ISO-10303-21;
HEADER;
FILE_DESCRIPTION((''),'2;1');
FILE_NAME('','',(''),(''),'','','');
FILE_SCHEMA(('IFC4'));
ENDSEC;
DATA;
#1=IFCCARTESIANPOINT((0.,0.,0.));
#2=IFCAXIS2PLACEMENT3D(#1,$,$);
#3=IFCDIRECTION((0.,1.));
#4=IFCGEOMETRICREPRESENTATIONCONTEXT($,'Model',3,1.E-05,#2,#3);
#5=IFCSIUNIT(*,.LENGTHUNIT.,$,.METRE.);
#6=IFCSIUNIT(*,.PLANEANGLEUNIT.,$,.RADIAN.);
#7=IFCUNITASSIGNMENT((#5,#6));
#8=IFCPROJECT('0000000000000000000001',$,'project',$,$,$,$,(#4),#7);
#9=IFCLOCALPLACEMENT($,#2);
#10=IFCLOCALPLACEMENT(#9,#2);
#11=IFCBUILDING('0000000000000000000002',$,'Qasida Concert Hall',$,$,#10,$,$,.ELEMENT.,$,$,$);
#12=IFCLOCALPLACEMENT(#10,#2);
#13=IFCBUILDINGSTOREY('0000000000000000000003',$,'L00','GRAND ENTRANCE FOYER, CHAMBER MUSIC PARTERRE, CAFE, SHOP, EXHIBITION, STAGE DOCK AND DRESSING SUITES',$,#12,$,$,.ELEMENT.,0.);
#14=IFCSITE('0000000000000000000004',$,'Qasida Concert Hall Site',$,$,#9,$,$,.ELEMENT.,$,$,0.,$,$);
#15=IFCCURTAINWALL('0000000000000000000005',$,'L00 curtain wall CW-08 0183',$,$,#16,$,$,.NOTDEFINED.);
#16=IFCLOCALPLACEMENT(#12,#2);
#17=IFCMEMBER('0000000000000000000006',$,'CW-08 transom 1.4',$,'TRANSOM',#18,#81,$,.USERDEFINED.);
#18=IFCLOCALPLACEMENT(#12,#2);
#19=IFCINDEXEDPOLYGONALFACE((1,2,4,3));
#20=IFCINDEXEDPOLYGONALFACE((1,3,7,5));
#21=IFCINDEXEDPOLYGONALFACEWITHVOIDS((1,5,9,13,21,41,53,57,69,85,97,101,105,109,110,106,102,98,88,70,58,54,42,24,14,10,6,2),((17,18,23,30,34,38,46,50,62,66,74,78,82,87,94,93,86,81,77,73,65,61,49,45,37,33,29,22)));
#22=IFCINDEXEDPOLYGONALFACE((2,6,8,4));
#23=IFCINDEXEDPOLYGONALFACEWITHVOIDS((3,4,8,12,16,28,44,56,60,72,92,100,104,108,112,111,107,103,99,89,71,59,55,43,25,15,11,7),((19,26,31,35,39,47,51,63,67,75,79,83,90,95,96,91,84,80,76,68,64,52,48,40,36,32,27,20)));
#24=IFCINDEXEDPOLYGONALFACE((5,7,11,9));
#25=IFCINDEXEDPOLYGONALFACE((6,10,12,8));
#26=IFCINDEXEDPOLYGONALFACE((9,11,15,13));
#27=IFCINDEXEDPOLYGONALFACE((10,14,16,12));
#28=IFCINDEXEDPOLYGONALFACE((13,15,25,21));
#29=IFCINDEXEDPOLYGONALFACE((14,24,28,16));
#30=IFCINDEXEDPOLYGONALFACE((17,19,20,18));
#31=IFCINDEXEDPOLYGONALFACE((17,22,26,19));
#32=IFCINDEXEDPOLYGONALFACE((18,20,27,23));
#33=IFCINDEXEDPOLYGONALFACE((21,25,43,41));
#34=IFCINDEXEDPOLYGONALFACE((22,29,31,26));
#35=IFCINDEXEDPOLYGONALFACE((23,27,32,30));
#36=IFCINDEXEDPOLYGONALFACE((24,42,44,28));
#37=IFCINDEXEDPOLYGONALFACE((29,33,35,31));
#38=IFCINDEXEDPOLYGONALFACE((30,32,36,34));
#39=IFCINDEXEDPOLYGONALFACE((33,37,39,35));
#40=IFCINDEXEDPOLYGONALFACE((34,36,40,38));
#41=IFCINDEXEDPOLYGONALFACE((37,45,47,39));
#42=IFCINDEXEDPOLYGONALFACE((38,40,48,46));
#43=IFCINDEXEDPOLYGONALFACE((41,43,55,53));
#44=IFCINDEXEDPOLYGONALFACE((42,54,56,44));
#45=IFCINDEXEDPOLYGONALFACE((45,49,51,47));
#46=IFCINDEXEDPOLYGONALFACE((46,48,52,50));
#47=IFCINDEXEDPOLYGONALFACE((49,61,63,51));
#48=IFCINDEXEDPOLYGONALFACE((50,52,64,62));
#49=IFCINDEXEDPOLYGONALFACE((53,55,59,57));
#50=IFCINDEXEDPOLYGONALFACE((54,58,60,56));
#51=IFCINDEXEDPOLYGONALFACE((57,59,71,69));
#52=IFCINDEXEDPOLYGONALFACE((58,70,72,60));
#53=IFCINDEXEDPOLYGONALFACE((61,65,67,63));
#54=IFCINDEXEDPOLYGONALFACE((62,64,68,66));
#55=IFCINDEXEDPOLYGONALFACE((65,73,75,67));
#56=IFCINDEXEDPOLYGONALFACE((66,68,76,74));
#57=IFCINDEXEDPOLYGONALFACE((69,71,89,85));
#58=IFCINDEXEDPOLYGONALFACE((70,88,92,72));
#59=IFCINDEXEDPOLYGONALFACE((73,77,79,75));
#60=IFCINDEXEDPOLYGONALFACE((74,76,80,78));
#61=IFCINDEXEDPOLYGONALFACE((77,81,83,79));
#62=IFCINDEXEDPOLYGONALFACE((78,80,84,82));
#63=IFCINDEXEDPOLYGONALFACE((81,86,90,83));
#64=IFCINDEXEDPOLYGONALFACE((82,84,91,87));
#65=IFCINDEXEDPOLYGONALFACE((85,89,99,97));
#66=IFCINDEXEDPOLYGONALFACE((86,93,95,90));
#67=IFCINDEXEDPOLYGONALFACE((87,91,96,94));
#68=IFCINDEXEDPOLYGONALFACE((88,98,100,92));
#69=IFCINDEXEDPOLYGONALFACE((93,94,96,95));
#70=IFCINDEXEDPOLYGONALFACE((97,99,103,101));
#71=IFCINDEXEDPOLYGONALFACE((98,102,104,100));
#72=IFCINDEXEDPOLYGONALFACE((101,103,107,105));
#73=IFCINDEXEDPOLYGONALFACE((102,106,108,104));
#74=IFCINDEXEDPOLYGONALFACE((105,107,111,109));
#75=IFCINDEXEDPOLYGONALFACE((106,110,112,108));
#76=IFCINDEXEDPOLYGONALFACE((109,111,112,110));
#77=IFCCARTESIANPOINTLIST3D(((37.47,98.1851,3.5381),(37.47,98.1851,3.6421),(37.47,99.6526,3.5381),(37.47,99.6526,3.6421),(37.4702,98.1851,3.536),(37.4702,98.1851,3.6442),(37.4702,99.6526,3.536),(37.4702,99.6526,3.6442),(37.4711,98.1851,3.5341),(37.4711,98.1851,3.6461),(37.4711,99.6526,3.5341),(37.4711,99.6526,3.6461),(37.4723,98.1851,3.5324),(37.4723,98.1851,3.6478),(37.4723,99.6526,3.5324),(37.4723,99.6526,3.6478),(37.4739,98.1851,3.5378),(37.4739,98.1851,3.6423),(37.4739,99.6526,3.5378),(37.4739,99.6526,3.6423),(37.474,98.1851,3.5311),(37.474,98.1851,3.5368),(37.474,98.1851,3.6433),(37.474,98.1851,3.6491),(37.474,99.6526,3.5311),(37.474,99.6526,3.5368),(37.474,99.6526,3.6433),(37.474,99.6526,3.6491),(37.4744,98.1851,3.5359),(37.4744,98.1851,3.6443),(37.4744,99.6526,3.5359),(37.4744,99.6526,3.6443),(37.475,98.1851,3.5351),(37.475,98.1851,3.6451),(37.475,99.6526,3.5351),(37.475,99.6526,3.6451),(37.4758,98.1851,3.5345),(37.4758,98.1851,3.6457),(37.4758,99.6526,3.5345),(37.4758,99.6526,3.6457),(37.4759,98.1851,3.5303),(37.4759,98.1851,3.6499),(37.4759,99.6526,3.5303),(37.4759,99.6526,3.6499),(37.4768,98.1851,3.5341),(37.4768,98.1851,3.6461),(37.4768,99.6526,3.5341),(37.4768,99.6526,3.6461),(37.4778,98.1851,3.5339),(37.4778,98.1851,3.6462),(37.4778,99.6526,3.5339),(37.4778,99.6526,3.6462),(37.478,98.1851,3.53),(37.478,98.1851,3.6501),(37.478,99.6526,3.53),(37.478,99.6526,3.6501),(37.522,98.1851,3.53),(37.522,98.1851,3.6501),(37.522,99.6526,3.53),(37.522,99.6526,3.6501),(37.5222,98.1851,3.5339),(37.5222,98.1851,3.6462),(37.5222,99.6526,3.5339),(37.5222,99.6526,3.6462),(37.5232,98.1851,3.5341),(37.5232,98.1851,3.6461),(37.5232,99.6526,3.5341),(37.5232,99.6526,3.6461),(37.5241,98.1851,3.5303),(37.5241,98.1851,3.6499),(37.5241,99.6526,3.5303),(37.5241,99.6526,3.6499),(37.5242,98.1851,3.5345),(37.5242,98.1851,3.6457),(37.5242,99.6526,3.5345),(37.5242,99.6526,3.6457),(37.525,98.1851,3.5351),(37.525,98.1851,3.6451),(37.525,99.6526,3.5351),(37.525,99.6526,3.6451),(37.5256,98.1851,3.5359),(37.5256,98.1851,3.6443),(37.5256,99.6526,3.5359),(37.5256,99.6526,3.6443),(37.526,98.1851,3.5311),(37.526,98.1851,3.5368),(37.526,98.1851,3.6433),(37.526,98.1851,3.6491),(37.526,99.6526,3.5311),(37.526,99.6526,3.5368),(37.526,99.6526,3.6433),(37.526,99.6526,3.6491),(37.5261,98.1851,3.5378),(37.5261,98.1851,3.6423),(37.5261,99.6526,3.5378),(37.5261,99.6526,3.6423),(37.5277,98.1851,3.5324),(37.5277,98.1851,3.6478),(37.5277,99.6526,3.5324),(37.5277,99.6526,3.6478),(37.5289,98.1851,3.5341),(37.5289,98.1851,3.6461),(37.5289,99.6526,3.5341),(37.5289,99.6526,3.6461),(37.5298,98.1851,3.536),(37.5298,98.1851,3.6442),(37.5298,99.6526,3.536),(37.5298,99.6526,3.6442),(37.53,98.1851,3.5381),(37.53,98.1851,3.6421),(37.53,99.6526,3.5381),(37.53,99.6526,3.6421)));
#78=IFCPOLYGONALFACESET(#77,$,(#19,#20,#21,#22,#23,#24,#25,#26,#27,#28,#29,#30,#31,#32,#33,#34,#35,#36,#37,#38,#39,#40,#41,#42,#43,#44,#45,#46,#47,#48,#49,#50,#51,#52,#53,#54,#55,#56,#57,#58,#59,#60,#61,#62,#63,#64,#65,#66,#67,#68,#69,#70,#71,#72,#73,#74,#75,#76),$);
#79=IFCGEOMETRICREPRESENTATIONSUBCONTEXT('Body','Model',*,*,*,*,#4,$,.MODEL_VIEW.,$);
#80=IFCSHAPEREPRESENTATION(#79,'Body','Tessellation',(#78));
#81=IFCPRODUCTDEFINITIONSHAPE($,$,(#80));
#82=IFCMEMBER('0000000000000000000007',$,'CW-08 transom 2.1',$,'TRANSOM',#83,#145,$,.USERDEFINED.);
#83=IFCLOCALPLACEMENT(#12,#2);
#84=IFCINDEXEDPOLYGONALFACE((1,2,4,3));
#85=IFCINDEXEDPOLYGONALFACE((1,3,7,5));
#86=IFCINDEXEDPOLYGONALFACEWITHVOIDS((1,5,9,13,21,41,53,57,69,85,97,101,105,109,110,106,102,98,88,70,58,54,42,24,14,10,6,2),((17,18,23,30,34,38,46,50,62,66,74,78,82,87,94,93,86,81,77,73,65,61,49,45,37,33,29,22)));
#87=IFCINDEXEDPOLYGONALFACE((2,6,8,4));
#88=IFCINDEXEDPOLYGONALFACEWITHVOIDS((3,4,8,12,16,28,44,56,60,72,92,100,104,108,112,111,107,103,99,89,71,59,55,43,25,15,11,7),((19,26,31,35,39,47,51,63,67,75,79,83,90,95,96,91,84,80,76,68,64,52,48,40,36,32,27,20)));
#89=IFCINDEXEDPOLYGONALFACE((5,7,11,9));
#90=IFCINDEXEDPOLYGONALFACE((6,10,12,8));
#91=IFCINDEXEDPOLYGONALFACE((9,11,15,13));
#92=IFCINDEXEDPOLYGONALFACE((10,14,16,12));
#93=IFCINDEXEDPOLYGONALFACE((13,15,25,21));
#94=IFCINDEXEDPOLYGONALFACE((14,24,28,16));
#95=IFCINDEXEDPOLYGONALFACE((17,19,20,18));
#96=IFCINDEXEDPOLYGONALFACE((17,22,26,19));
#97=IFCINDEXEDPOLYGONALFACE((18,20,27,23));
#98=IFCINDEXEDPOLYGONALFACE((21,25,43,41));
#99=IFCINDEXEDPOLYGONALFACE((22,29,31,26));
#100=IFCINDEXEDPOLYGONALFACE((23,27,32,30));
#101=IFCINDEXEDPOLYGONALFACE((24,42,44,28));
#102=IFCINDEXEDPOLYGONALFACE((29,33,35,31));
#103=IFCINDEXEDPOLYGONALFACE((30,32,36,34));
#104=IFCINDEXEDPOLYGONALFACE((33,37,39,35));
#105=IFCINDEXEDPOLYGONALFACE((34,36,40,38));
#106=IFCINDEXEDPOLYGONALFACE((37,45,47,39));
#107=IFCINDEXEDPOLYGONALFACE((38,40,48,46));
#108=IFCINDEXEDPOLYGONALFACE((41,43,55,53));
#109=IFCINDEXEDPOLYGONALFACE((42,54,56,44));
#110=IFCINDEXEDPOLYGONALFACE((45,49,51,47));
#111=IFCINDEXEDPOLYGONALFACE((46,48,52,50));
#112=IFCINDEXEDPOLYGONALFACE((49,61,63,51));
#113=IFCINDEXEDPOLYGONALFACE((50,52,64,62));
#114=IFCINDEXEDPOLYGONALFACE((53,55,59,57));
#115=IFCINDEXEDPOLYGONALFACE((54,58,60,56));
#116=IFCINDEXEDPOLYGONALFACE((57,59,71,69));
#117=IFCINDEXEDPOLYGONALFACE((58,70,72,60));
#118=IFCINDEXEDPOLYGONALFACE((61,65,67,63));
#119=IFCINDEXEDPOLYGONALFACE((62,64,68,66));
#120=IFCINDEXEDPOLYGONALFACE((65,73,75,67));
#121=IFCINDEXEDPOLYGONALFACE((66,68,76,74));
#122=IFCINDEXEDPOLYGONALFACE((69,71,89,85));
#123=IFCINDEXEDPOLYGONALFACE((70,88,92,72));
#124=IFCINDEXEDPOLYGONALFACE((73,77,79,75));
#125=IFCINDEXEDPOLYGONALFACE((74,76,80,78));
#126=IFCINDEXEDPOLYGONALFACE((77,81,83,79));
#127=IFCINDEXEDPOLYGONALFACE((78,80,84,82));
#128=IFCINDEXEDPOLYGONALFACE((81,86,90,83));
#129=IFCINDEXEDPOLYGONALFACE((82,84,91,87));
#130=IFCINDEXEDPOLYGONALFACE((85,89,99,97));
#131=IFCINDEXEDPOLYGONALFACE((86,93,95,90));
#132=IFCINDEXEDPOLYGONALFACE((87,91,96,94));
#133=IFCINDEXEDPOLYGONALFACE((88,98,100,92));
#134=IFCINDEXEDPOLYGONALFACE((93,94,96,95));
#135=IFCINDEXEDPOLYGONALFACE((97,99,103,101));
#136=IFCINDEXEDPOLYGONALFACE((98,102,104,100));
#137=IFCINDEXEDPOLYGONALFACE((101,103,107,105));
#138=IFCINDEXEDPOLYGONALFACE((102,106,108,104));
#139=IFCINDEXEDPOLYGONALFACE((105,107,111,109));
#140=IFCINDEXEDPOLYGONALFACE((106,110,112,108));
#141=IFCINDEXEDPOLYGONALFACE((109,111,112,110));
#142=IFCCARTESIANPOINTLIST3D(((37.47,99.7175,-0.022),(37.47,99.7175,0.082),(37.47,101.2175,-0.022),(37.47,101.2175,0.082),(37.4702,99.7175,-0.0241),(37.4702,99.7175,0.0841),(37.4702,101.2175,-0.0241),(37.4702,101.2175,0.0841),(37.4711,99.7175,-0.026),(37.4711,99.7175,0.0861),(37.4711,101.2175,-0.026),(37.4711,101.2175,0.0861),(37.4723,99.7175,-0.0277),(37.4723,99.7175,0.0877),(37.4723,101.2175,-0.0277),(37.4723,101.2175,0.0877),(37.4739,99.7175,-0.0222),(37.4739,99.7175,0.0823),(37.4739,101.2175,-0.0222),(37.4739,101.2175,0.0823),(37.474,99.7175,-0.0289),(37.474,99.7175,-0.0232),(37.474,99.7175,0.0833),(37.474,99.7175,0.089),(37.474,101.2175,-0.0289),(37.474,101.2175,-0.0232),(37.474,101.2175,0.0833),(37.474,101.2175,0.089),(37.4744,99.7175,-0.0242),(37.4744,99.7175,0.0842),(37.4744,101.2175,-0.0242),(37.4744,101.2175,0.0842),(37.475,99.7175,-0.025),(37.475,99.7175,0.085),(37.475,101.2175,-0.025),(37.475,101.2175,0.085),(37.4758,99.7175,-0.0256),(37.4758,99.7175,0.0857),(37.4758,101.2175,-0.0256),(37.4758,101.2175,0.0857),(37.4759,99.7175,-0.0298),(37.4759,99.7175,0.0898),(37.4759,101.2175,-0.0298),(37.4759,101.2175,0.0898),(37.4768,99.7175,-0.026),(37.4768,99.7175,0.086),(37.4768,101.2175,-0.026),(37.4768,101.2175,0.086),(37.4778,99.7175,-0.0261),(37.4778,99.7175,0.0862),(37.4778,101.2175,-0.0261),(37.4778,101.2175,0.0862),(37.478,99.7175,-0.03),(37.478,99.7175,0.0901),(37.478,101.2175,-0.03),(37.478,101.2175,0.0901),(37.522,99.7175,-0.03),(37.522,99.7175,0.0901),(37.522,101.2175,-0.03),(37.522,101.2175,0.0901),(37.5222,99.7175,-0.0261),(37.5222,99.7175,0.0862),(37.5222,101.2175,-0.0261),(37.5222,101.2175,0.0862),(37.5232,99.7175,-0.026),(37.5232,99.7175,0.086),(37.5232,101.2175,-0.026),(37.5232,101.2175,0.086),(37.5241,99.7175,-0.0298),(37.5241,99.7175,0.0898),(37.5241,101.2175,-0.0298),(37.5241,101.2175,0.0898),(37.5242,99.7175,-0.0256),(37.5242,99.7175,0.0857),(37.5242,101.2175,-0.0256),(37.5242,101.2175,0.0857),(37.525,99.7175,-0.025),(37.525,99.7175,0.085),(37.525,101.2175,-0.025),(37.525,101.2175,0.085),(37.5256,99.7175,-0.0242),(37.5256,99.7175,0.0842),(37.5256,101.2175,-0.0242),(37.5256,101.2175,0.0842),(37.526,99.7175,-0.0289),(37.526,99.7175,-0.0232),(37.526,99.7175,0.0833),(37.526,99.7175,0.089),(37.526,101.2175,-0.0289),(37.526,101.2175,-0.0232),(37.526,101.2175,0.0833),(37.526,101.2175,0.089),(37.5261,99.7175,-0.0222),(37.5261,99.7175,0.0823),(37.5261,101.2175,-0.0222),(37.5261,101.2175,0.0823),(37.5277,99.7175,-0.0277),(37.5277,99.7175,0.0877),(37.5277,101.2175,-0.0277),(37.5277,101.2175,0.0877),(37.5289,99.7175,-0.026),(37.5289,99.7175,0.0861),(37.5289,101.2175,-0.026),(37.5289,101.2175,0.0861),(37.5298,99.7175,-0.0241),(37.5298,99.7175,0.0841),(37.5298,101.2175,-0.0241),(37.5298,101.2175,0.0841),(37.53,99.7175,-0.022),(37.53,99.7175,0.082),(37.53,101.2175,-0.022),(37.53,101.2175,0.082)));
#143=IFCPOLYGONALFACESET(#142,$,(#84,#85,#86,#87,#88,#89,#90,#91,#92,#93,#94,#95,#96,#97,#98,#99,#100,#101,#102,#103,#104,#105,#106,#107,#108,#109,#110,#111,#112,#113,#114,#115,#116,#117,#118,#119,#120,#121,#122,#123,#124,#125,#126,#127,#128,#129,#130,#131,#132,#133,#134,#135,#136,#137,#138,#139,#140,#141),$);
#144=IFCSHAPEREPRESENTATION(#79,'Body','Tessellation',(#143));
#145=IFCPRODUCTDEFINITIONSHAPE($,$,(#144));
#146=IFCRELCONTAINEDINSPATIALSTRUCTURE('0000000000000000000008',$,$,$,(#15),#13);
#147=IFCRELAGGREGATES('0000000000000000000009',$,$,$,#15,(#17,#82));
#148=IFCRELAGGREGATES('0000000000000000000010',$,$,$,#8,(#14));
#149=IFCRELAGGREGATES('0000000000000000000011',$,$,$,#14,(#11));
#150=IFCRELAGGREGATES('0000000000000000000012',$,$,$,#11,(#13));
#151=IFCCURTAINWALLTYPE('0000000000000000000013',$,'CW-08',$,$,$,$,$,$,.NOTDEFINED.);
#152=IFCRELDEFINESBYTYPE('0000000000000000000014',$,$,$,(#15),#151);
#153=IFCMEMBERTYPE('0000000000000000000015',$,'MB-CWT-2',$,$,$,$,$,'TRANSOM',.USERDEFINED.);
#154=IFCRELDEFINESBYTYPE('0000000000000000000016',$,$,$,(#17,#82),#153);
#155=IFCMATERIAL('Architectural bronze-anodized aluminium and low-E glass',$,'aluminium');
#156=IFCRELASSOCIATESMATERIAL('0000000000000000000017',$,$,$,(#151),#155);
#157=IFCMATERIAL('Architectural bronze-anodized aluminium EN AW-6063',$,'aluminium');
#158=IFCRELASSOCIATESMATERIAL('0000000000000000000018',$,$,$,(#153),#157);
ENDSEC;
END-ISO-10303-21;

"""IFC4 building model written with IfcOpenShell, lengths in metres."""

from ifc_helpers import new_model, si_unit, direction, frame, origin, origin_2d, place, context, subcontext, project, spatial, hollow_rectangle, extrude, material, material_profile, profile_set, type_object, element, aggregate, save


model = new_model("IFC4")

# Units and contexts
model_context = context("Model", 3, precision=1e-05, world=origin(), true_north=direction((0.0, 1.0)))
body_context = subcontext(model_context, "Body", "Model", "MODEL_VIEW")
ifc_project = project(units=[si_unit("LENGTHUNIT", "METRE"), si_unit("PLANEANGLEUNIT", "RADIAN")], contexts=[model_context])

# Site, building, storey
site_placement = place(None, origin())
site = spatial("IfcSite", under=ifc_project, at=site_placement, Name="Qasida Concert Hall Site", CompositionType="ELEMENT", RefElevation=0.0)
building_placement = place(site_placement, origin())
building = spatial("IfcBuilding", under=site, at=building_placement, Name="Qasida Concert Hall", CompositionType="ELEMENT")
storey_placement = place(building_placement, origin())
storey = spatial("IfcBuildingStorey", under=building, at=storey_placement, Name="L00", Description="GRAND ENTRANCE FOYER, CHAMBER MUSIC PARTERRE, CAFE, SHOP, EXHIBITION, STAGE DOCK AND DRESSING SUITES", CompositionType="ELEMENT", Elevation=0.0)

# Shared definitions
ifc_material_1 = material(Name="Architectural bronze-anodized aluminium and low-E glass", Category="aluminium")
curtain_wall_type = type_object("IfcCurtainWallType", Name="CW-08", PredefinedType="NOTDEFINED", material=ifc_material_1)
ifc_material_2 = material(Name="Architectural bronze-anodized aluminium EN AW-6063", Category="aluminium")

# Curtain wall, members
curtain_wall_1_placement = place(storey_placement, origin())
curtain_wall_1 = element("IfcCurtainWall", 1, at=curtain_wall_1_placement, inside=storey, type_object=curtain_wall_type, Name="L00 curtain wall CW-08 0183", PredefinedType="NOTDEFINED")
ifc_material_profile_1 = material_profile(ifc_material_2, hollow_rectangle(XDim=0.0601, YDim=0.1201, WallThickness=0.0039, InnerFilletRadius=0.0039, OuterFilletRadius=0.0081, at=origin_2d()), Name="CWT 120x60x4")
ifc_profile_set_1 = profile_set([ifc_material_profile_1], Name="Architectural bronze-anodized aluminium EN AW-6063")
member_type_1 = type_object("IfcMemberType", Name="MB-CWT-2", ElementType="TRANSOM", PredefinedType="USERDEFINED", material=ifc_profile_set_1)
member_1_placement = place(storey_placement, frame((37.5, 98.1851, 3.5901), z_axis=(0.0, 1.0, 0.0), x_axis=(-1.0, 0.0, 0.0)))
member_1 = element("IfcMember", 2, at=member_1_placement, type_object=member_type_1, Name="CW-08 transom 1.4", ObjectType="TRANSOM", PredefinedType="USERDEFINED", context=body_context, shape_type="SweptSolid", body=[
    extrude(hollow_rectangle(XDim=0.0601, YDim=0.1201, WallThickness=0.0039, InnerFilletRadius=0.0039, OuterFilletRadius=0.0081, at=origin_2d()), origin(), (0.0, 0.0, 1.0), 1.4675),
])
member_2_placement = place(storey_placement, frame((37.5, 99.7175, 0.03), z_axis=(0.0, 1.0, 0.0), x_axis=(-1.0, 0.0, 0.0)))
member_2 = element("IfcMember", 3, at=member_2_placement, type_object=member_type_1, Name="CW-08 transom 2.1", ObjectType="TRANSOM", PredefinedType="USERDEFINED", context=body_context, shape_type="SweptSolid", body=[
    extrude(hollow_rectangle(XDim=0.0601, YDim=0.1201, WallThickness=0.0039, InnerFilletRadius=0.0039, OuterFilletRadius=0.0081, at=origin_2d()), origin(), (0.0, 0.0, 1.0), 1.5),
])

aggregate(curtain_wall_1, [member_1, member_2])

save(model, "model.ifc")
